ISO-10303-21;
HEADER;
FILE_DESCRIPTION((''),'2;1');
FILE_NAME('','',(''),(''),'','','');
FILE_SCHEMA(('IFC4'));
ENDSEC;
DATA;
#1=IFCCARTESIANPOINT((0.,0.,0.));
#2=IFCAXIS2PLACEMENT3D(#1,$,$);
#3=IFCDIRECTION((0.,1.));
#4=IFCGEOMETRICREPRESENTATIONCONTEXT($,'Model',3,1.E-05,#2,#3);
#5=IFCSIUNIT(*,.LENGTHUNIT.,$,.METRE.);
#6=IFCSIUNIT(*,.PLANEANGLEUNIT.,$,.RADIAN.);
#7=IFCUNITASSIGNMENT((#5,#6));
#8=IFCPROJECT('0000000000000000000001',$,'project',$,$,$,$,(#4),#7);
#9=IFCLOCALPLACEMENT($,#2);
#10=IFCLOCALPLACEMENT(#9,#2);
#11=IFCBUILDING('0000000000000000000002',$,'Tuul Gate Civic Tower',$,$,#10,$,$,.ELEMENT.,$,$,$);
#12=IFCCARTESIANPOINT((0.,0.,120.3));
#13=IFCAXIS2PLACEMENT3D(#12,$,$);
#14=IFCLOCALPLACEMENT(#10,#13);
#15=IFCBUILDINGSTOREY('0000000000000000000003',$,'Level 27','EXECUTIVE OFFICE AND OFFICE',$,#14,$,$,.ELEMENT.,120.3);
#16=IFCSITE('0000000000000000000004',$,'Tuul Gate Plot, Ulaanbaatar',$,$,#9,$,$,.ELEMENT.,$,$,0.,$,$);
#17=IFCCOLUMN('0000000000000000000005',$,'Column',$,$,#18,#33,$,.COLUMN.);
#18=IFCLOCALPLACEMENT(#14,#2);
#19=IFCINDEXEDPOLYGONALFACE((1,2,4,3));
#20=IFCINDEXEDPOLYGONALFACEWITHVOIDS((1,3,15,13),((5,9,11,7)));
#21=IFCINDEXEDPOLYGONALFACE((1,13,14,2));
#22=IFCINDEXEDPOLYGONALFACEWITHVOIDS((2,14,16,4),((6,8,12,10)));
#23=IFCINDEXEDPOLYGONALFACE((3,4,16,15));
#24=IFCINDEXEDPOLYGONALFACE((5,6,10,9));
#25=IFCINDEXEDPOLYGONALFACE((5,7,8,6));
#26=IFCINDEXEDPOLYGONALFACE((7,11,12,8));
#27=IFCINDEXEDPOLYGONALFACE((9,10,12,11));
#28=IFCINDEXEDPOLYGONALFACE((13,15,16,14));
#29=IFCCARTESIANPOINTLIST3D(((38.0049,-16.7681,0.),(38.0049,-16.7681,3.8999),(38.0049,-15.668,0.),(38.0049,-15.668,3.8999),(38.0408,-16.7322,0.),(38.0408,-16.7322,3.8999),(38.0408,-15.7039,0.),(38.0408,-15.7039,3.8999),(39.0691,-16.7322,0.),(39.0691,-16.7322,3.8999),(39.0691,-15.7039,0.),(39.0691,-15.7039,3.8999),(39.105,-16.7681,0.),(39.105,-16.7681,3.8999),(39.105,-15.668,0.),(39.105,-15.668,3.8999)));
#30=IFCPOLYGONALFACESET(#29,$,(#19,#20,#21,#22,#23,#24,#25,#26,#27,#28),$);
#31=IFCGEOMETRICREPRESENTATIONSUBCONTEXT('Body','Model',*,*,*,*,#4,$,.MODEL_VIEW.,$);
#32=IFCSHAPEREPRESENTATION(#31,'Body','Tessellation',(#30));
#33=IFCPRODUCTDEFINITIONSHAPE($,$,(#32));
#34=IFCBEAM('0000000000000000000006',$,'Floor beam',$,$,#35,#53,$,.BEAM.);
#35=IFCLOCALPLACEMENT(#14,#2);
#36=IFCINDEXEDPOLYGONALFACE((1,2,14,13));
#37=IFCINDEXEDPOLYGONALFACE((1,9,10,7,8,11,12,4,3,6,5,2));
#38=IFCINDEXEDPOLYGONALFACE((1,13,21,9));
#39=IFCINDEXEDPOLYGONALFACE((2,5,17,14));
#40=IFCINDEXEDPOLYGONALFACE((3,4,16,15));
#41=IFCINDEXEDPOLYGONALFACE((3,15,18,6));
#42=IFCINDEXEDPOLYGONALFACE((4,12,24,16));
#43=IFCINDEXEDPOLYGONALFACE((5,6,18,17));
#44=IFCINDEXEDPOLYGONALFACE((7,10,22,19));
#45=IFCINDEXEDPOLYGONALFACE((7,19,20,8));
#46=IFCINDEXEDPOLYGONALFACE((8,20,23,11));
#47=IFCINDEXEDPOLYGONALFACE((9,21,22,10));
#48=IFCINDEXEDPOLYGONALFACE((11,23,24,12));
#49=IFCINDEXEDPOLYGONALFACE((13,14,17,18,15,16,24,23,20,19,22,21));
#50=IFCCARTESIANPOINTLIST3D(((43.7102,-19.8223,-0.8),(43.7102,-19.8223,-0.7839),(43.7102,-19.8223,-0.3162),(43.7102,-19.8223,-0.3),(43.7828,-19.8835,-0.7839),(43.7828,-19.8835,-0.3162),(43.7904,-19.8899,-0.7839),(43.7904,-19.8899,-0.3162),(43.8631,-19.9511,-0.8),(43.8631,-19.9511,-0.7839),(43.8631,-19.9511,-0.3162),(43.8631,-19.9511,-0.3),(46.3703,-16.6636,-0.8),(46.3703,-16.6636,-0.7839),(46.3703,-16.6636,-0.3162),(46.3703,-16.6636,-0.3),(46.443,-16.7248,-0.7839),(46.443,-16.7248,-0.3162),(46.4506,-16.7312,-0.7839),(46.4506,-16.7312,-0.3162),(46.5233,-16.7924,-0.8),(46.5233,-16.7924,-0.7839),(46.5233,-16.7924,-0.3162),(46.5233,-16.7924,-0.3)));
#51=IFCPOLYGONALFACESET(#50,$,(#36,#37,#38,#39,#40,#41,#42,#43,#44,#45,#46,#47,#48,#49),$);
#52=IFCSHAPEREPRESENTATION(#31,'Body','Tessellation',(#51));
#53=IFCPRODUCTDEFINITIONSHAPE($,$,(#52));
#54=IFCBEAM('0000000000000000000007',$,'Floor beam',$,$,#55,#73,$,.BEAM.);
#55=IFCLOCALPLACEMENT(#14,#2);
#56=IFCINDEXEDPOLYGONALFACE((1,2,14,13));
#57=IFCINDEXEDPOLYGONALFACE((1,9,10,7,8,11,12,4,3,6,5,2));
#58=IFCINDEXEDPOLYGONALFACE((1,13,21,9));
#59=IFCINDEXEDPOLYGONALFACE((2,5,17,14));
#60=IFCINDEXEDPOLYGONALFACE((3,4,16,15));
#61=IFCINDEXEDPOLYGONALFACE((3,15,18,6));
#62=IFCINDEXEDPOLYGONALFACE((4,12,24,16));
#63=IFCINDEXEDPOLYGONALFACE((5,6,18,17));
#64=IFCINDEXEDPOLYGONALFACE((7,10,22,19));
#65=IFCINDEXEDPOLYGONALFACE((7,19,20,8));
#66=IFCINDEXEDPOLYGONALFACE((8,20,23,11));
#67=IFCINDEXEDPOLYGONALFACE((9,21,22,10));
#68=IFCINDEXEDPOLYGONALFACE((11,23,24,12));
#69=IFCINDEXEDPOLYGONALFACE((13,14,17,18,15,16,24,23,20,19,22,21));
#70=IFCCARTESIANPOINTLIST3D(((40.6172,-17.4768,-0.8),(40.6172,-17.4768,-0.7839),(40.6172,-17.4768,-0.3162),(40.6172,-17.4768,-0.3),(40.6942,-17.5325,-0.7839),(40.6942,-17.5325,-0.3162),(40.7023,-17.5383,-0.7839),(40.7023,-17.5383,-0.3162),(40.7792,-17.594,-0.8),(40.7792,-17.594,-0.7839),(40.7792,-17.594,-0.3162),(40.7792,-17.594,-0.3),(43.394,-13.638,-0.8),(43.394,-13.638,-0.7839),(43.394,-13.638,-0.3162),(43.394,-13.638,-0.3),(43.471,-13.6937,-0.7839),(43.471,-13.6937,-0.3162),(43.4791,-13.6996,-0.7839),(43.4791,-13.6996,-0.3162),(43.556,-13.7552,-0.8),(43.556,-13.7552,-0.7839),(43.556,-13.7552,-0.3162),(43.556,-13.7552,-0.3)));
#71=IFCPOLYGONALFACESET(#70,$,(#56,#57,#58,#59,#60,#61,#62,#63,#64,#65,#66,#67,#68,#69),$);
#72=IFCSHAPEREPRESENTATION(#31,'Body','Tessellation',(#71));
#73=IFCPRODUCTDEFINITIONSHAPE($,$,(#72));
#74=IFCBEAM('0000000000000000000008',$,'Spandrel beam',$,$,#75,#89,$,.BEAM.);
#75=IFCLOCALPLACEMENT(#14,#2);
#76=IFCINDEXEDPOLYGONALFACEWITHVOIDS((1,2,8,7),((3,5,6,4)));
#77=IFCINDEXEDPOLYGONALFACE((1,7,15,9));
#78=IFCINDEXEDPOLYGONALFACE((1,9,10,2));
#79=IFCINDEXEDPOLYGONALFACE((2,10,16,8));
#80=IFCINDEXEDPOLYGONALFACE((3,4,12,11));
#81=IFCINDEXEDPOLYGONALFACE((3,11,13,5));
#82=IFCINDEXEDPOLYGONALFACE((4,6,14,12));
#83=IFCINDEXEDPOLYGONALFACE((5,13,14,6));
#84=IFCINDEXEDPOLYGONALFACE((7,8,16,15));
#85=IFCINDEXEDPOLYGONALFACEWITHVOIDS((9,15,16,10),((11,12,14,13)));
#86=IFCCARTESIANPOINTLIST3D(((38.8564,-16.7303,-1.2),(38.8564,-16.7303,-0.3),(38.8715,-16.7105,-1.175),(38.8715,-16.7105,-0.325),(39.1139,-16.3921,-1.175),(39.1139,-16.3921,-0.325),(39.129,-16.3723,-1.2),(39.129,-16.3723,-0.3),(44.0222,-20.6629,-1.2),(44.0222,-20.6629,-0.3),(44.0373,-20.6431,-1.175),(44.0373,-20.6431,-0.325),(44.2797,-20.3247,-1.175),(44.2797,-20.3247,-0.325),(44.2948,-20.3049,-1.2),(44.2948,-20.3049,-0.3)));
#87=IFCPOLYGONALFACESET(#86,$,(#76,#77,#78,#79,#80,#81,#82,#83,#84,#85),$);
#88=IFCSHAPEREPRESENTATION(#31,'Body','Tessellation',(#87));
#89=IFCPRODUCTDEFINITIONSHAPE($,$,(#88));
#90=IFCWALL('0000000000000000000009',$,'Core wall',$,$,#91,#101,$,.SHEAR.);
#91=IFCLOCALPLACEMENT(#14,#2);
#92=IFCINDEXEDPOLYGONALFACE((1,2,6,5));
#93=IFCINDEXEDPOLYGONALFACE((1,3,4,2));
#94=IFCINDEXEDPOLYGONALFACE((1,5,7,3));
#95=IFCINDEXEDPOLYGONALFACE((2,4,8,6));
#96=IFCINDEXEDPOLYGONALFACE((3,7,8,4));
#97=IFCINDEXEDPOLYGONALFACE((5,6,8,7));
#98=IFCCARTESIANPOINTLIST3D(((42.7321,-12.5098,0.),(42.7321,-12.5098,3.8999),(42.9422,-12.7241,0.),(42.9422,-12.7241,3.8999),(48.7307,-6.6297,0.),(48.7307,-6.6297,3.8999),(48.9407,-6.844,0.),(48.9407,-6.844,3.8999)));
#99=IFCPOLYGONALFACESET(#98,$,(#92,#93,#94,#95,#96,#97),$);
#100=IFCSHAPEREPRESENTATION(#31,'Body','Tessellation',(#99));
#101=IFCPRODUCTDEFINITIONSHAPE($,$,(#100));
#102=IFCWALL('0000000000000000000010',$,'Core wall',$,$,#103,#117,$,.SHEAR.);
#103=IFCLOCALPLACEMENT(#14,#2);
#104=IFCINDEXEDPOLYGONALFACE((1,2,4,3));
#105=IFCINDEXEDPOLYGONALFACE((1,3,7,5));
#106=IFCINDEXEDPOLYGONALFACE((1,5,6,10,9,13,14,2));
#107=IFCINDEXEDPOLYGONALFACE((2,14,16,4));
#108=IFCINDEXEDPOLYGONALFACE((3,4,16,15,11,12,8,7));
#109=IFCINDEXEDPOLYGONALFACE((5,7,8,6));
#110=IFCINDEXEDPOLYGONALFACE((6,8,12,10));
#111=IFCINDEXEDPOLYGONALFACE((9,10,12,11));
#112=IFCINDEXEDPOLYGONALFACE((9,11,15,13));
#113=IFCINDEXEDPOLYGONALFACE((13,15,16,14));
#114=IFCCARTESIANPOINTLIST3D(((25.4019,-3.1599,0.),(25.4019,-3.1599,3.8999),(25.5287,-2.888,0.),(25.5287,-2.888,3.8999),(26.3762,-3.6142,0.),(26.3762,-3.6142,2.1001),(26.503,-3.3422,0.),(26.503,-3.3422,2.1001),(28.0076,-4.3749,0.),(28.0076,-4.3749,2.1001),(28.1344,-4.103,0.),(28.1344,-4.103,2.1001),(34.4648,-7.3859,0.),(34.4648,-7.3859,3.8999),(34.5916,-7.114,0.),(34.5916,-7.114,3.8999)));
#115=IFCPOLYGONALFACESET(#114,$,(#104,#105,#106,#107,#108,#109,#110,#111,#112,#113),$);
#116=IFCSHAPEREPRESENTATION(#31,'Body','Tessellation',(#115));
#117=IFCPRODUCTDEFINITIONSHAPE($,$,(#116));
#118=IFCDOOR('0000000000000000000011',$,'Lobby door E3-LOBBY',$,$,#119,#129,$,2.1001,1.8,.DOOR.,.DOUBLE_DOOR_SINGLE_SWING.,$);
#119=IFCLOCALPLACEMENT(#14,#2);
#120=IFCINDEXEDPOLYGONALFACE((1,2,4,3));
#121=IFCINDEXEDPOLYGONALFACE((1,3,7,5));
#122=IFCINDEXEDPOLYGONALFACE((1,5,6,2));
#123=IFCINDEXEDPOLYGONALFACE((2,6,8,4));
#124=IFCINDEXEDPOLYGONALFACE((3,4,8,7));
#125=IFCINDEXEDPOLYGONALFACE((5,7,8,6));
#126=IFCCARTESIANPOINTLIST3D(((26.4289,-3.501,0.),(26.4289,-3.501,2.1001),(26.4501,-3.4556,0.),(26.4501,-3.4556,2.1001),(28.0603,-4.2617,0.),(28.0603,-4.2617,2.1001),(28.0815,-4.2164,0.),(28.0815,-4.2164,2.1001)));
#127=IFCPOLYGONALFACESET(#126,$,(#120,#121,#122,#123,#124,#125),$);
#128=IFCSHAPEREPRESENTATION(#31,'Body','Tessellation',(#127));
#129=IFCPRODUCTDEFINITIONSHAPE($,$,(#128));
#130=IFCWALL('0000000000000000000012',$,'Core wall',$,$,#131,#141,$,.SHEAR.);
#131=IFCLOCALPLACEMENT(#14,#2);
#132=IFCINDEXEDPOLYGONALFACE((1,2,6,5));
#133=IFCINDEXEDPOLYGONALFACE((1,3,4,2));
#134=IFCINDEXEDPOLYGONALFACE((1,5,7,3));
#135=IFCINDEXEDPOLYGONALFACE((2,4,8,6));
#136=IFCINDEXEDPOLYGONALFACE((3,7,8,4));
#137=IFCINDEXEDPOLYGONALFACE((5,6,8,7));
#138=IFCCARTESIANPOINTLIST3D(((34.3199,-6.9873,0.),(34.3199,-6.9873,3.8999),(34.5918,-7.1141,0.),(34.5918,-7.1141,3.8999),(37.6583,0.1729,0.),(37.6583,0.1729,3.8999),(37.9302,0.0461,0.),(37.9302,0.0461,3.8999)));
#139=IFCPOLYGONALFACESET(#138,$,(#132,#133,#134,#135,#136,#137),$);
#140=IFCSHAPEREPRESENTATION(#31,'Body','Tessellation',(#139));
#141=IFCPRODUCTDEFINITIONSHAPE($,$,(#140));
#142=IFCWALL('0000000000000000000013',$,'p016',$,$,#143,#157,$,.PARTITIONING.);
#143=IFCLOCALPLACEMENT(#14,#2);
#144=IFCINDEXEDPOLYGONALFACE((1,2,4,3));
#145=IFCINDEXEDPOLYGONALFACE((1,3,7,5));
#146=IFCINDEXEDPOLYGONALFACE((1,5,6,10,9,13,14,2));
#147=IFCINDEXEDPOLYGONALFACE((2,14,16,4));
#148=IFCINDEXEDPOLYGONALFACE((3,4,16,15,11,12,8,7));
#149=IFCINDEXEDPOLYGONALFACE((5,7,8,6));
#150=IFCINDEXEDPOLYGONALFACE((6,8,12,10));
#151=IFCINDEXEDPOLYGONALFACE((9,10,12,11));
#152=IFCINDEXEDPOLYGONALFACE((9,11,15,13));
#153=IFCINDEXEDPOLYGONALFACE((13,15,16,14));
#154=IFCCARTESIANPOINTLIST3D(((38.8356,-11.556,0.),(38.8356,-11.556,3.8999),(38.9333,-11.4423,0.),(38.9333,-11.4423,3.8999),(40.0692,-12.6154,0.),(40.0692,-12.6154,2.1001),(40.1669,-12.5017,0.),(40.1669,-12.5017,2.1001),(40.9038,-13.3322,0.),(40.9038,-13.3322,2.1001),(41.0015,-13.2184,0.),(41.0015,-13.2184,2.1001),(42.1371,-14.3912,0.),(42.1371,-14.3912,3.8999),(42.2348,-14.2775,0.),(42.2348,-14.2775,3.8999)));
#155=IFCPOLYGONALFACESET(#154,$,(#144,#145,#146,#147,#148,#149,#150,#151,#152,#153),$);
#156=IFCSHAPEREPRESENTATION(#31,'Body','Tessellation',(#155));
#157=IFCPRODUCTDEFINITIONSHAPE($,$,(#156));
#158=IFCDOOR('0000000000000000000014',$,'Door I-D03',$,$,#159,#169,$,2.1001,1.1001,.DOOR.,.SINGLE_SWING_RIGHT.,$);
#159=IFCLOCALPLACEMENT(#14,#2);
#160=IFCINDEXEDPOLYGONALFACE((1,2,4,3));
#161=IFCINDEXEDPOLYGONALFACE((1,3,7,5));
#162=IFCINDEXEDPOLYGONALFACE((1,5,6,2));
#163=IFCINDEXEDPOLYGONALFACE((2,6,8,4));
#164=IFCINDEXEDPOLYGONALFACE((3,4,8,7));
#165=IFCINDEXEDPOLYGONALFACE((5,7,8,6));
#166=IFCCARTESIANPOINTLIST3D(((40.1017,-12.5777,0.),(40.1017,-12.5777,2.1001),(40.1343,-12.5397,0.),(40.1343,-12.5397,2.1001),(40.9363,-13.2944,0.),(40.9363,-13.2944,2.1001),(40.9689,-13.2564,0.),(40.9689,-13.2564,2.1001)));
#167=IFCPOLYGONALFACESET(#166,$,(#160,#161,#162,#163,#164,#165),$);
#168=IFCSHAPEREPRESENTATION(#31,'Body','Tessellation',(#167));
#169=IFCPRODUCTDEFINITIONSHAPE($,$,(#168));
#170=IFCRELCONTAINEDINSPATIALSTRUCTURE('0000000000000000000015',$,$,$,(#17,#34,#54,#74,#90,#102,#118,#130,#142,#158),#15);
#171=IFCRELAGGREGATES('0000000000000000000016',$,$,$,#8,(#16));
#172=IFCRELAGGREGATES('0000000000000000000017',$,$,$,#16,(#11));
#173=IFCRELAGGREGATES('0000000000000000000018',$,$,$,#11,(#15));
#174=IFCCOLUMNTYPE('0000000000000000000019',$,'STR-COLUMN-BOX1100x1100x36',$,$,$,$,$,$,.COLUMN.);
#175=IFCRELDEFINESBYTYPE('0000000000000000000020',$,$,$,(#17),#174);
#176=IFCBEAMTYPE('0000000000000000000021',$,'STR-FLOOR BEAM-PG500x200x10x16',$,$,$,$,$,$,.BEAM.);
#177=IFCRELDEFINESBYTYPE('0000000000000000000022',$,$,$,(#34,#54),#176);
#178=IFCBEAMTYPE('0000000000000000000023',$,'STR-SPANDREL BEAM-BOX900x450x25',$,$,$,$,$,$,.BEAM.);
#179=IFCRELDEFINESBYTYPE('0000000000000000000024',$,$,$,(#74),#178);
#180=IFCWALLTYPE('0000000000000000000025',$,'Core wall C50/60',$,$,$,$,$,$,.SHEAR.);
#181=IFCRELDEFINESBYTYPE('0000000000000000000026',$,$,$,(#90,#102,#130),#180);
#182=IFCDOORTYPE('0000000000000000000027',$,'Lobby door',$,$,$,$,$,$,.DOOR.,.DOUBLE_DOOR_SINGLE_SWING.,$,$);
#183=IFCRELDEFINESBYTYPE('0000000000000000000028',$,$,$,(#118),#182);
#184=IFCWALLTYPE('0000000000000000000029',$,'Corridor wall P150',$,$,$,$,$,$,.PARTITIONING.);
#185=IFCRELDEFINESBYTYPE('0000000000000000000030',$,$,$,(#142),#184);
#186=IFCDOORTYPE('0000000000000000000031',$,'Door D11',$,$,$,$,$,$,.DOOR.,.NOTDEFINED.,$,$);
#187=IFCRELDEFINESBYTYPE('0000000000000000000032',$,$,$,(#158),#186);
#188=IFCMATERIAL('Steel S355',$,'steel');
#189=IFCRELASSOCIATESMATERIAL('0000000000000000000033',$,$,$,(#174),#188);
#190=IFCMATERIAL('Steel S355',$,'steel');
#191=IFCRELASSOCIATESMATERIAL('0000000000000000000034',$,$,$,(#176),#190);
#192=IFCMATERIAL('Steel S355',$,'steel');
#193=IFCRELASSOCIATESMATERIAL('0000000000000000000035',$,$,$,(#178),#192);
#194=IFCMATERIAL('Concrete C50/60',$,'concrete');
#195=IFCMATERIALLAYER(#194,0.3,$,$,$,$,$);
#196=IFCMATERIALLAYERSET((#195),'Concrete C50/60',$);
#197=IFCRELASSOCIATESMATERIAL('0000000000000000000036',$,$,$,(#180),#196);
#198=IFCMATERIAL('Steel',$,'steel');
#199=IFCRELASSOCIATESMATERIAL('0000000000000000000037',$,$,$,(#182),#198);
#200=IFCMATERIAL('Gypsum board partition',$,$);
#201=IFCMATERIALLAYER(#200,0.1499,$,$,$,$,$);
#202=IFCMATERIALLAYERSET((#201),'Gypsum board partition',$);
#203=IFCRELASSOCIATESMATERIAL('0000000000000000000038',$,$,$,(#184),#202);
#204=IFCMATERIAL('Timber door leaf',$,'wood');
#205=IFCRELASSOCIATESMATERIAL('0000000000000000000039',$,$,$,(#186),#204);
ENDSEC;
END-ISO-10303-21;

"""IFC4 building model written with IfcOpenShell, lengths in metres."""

from ifc_helpers import new_model, si_unit, direction, frame, frame_2d, origin, origin_2d, place, context, subcontext, project, spatial, rectangle, hollow_rectangle, i_section, extrude, material, layer, layer_set, material_profile, profile_set, type_object, element, fill, save


model = new_model("IFC4")

# Units and contexts
model_context = context("Model", 3, precision=1e-05, world=origin(), true_north=direction((0.0, 1.0)))
body_context = subcontext(model_context, "Body", "Model", "MODEL_VIEW")
ifc_project = project(units=[si_unit("LENGTHUNIT", "METRE"), si_unit("PLANEANGLEUNIT", "RADIAN")], contexts=[model_context])

# Site, building, storey
site_placement = place(None, origin())
site = spatial("IfcSite", under=ifc_project, at=site_placement, Name="Tuul Gate Plot, Ulaanbaatar", CompositionType="ELEMENT", RefElevation=0.0)
building_placement = place(site_placement, origin())
building = spatial("IfcBuilding", under=site, at=building_placement, Name="Tuul Gate Civic Tower", CompositionType="ELEMENT")
storey_placement = place(building_placement, frame((0.0, 0.0, 120.3)))
storey = spatial("IfcBuildingStorey", under=building, at=storey_placement, Name="Level 27", Description="EXECUTIVE OFFICE AND OFFICE", CompositionType="ELEMENT", Elevation=120.3)

# Column
ifc_material_1 = material(Name="Steel S355", Category="steel")
ifc_material_profile_1 = material_profile(ifc_material_1, hollow_rectangle(XDim=1.1001, YDim=1.1001, WallThickness=0.0359, at=origin_2d()), Name="BOX1100x1100x36")
ifc_profile_set_1 = profile_set([ifc_material_profile_1], Name="Steel S355")
column_type = type_object("IfcColumnType", Name="STR-COLUMN-BOX1100x1100x36", PredefinedType="COLUMN", material=ifc_profile_set_1)
column_placement = place(storey_placement, frame((38.5549, -16.218, 0.0), z_axis=(0.0, 0.0, 1.0), x_axis=(1.0, 0.0, 0.0)))
element("IfcColumn", 1, at=column_placement, inside=storey, type_object=column_type, Name="Column", PredefinedType="COLUMN", context=body_context, shape_type="SweptSolid", body=[
    extrude(hollow_rectangle(XDim=1.1001, YDim=1.1001, WallThickness=0.0359, at=origin_2d()), origin(), (0.0, 0.0, 1.0), 3.8999),
])

# Beams
ifc_material_2 = material(Name="Steel S355", Category="steel")
ifc_material_profile_2 = material_profile(ifc_material_2, i_section(OverallWidth=0.2, OverallDepth=0.5, WebThickness=0.01, FlangeThickness=0.0161, at=origin_2d()), Name="PG500x200x10x16")
ifc_profile_set_2 = profile_set([ifc_material_profile_2], Name="Steel S355")
beam_type_1 = type_object("IfcBeamType", Name="STR-FLOOR BEAM-PG500x200x10x16", PredefinedType="BEAM", material=ifc_profile_set_2)
beam_1_placement = place(storey_placement, frame((43.7866, -19.8867, -0.55), z_axis=(0.644165, 0.764887, 0.0), x_axis=(-0.764887, 0.644165, 0.0)))
element("IfcBeam", 2, at=beam_1_placement, inside=storey, type_object=beam_type_1, Name="Floor beam", PredefinedType="BEAM", context=body_context, shape_type="SweptSolid", body=[
    extrude(i_section(OverallWidth=0.2, OverallDepth=0.5, WebThickness=0.01, FlangeThickness=0.0161, at=origin_2d()), origin(), (0.0, 0.0, 1.0), 4.1296),
])
beam_2_placement = place(storey_placement, frame((40.6982, -17.5354, -0.55), z_axis=(0.586092, 0.810244, 0.0), x_axis=(-0.810244, 0.586092, 0.0)))
element("IfcBeam", 3, at=beam_2_placement, inside=storey, type_object=beam_type_1, Name="Floor beam", PredefinedType="BEAM", context=body_context, shape_type="SweptSolid", body=[
    extrude(i_section(OverallWidth=0.2, OverallDepth=0.5, WebThickness=0.01, FlangeThickness=0.0161, at=origin_2d()), origin(), (0.0, 0.0, 1.0), 4.7378),
])
ifc_material_3 = material(Name="Steel S355", Category="steel")
ifc_material_profile_3 = material_profile(ifc_material_3, hollow_rectangle(XDim=0.45, YDim=0.8999, WallThickness=0.0249, at=origin_2d()), Name="BOX900x450x25")
ifc_profile_set_3 = profile_set([ifc_material_profile_3], Name="Steel S355")
beam_type_2 = type_object("IfcBeamType", Name="STR-SPANDREL BEAM-BOX900x450x25", PredefinedType="BEAM", material=ifc_profile_set_3)
beam_3_placement = place(storey_placement, frame((38.9927, -16.5513, -0.75), z_axis=(0.79567, -0.60573, 0.0), x_axis=(0.60573, 0.79567, 0.0)))
element("IfcBeam", 4, at=beam_3_placement, inside=storey, type_object=beam_type_2, Name="Spandrel beam", PredefinedType="BEAM", context=body_context, shape_type="SweptSolid", body=[
    extrude(hollow_rectangle(XDim=0.45, YDim=0.8999, WallThickness=0.0249, at=origin_2d()), origin(), (0.0, 0.0, 1.0), 6.4924),
])

# Wall
ifc_material_4 = material(Name="Concrete C50/60", Category="concrete")
ifc_layer_1 = layer(ifc_material_4, 0.3)
ifc_layer_set_1 = layer_set([ifc_layer_1], Name="Concrete C50/60")
wall_type_1 = type_object("IfcWallType", Name="Core wall C50/60", PredefinedType="SHEAR", material=ifc_layer_set_1)
wall_1_placement = place(storey_placement, frame((42.8372, -12.6169, 0.0), z_axis=(0.0, 0.0, 1.0), x_axis=(0.71412, 0.700023, 0.0)))
element("IfcWall", 5, at=wall_1_placement, inside=storey, type_object=wall_type_1, Name="Core wall", PredefinedType="SHEAR", context=body_context, shape_type="SweptSolid", body=[
    extrude(rectangle(XDim=8.3999, YDim=0.3, at=frame_2d((4.2, 0.0))), origin(), (0.0, 0.0, 1.0), 3.8999),
])

# Wall, opening, door
wall_2_placement = place(storey_placement, frame((34.5283, -7.25, 0.0), z_axis=(0.0, 0.0, 1.0), x_axis=(-0.90631, 0.422613, 0.0)))
wall_2 = element("IfcWall", 6, at=wall_2_placement, inside=storey, type_object=wall_type_1, Name="Core wall", PredefinedType="SHEAR", context=body_context, shape_type="SweptSolid", body=[
    extrude(rectangle(XDim=9.9998, YDim=0.3, at=frame_2d((5.0, 0.0))), origin(), (0.0, 0.0, 1.0), 3.8999),
])
opening_1_placement = place(wall_2_placement, frame((7.125, 0.0, 0.0)))
opening_1 = element("IfcOpeningElement", 7, at=opening_1_placement, cuts=wall_2, PredefinedType="OPENING", context=body_context, shape_type="SweptSolid", body=[
    extrude(rectangle(XDim=1.8, YDim=2.1001, at=frame_2d((0.8999, 1.05))), frame((0.0, 0.1602, 0.0), z_axis=(0.0, -1.0, 0.0), x_axis=(1.0, 0.0, 0.0)), (0.0, 0.0, 1.0), 0.3201),
])
ifc_material_5 = material(Name="Steel", Category="steel")
door_type_1 = type_object("IfcDoorType", Name="Lobby door", OperationType="DOUBLE_DOOR_SINGLE_SWING", PredefinedType="DOOR", material=ifc_material_5)
door_1_placement = place(opening_1_placement, frame((1.8, 0.0, 0.0), z_axis=(0.0, 0.0, 1.0), x_axis=(-1.0, 0.0, 0.0)))
door_1 = element("IfcDoor", 8, at=door_1_placement, inside=storey, type_object=door_type_1, Name="Lobby door E3-LOBBY", OperationType="DOUBLE_DOOR_SINGLE_SWING", OverallHeight=2.1001, OverallWidth=1.8, PredefinedType="DOOR", context=body_context, shape_type="SweptSolid", body=[
    extrude(rectangle(XDim=1.8, YDim=2.1001, at=frame_2d((0.9001, 1.05))), frame((0.0, 0.0249, 0.0), z_axis=(0.0, -1.0, 0.0), x_axis=(1.0, 0.0, 0.0)), (0.0, 0.0, 1.0), 0.05),
])
fill(opening_1, door_1)

# Wall
wall_3_placement = place(storey_placement, frame((34.4558, -7.0508, 0.0), z_axis=(0.0, 0.0, 1.0), x_axis=(0.422571, 0.90633, 0.0)))
element("IfcWall", 9, at=wall_3_placement, inside=storey, type_object=wall_type_1, Name="Core wall", PredefinedType="SHEAR", context=body_context, shape_type="SweptSolid", body=[
    extrude(rectangle(XDim=7.9001, YDim=0.3, at=frame_2d((3.9502, 0.0))), origin(), (0.0, 0.0, 1.0), 3.8999),
])

# Wall, opening, door
ifc_material_6 = material(Name="Gypsum board partition")
ifc_layer_2 = layer(ifc_material_6, 0.1499)
ifc_layer_set_2 = layer_set([ifc_layer_2], Name="Gypsum board partition")
wall_type_2 = type_object("IfcWallType", Name="Corridor wall P150", PredefinedType="PARTITIONING", material=ifc_layer_set_2)
wall_4_placement = place(storey_placement, frame((38.8845, -11.4993, 0.0), z_axis=(0.0, 0.0, 1.0), x_axis=(0.75865, -0.651498, 0.0)))
wall_4 = element("IfcWall", 10, at=wall_4_placement, inside=storey, type_object=wall_type_2, Name="p016", PredefinedType="PARTITIONING", context=body_context, shape_type="SweptSolid", body=[
    extrude(rectangle(XDim=4.3518, YDim=0.1499, at=frame_2d((2.1758, 0.0))), origin(), (0.0, 0.0, 1.0), 3.8999),
])
opening_2_placement = place(wall_4_placement, frame((1.626, 0.0, 0.0)))
opening_2 = element("IfcOpeningElement", 11, at=opening_2_placement, cuts=wall_4, PredefinedType="OPENING", context=body_context, shape_type="SweptSolid", body=[
    extrude(rectangle(XDim=1.1001, YDim=2.1001, at=frame_2d((0.55, 1.05))), frame((0.0, 0.085, 0.0), z_axis=(0.0, -1.0, 0.0), x_axis=(1.0, 0.0, 0.0)), (0.0, 0.0, 1.0), 0.1699),
])
ifc_material_7 = material(Name="Timber door leaf", Category="wood")
door_type_2 = type_object("IfcDoorType", Name="Door D11", OperationType="NOTDEFINED", PredefinedType="DOOR", material=ifc_material_7)
door_2_placement = place(opening_2_placement, origin())
door_2 = element("IfcDoor", 12, at=door_2_placement, inside=storey, type_object=door_type_2, Name="Door I-D03", OperationType="SINGLE_SWING_RIGHT", OverallHeight=2.1001, OverallWidth=1.1001, PredefinedType="DOOR", context=body_context, shape_type="SweptSolid", body=[
    extrude(rectangle(XDim=1.1001, YDim=2.1001, at=frame_2d((0.55, 1.05))), frame((0.0, 0.0249, 0.0), z_axis=(0.0, -1.0, 0.0), x_axis=(1.0, 0.0, 0.0)), (0.0, 0.0, 1.0), 0.05),
])
fill(opening_2, door_2)

save(model, "model.ifc")
